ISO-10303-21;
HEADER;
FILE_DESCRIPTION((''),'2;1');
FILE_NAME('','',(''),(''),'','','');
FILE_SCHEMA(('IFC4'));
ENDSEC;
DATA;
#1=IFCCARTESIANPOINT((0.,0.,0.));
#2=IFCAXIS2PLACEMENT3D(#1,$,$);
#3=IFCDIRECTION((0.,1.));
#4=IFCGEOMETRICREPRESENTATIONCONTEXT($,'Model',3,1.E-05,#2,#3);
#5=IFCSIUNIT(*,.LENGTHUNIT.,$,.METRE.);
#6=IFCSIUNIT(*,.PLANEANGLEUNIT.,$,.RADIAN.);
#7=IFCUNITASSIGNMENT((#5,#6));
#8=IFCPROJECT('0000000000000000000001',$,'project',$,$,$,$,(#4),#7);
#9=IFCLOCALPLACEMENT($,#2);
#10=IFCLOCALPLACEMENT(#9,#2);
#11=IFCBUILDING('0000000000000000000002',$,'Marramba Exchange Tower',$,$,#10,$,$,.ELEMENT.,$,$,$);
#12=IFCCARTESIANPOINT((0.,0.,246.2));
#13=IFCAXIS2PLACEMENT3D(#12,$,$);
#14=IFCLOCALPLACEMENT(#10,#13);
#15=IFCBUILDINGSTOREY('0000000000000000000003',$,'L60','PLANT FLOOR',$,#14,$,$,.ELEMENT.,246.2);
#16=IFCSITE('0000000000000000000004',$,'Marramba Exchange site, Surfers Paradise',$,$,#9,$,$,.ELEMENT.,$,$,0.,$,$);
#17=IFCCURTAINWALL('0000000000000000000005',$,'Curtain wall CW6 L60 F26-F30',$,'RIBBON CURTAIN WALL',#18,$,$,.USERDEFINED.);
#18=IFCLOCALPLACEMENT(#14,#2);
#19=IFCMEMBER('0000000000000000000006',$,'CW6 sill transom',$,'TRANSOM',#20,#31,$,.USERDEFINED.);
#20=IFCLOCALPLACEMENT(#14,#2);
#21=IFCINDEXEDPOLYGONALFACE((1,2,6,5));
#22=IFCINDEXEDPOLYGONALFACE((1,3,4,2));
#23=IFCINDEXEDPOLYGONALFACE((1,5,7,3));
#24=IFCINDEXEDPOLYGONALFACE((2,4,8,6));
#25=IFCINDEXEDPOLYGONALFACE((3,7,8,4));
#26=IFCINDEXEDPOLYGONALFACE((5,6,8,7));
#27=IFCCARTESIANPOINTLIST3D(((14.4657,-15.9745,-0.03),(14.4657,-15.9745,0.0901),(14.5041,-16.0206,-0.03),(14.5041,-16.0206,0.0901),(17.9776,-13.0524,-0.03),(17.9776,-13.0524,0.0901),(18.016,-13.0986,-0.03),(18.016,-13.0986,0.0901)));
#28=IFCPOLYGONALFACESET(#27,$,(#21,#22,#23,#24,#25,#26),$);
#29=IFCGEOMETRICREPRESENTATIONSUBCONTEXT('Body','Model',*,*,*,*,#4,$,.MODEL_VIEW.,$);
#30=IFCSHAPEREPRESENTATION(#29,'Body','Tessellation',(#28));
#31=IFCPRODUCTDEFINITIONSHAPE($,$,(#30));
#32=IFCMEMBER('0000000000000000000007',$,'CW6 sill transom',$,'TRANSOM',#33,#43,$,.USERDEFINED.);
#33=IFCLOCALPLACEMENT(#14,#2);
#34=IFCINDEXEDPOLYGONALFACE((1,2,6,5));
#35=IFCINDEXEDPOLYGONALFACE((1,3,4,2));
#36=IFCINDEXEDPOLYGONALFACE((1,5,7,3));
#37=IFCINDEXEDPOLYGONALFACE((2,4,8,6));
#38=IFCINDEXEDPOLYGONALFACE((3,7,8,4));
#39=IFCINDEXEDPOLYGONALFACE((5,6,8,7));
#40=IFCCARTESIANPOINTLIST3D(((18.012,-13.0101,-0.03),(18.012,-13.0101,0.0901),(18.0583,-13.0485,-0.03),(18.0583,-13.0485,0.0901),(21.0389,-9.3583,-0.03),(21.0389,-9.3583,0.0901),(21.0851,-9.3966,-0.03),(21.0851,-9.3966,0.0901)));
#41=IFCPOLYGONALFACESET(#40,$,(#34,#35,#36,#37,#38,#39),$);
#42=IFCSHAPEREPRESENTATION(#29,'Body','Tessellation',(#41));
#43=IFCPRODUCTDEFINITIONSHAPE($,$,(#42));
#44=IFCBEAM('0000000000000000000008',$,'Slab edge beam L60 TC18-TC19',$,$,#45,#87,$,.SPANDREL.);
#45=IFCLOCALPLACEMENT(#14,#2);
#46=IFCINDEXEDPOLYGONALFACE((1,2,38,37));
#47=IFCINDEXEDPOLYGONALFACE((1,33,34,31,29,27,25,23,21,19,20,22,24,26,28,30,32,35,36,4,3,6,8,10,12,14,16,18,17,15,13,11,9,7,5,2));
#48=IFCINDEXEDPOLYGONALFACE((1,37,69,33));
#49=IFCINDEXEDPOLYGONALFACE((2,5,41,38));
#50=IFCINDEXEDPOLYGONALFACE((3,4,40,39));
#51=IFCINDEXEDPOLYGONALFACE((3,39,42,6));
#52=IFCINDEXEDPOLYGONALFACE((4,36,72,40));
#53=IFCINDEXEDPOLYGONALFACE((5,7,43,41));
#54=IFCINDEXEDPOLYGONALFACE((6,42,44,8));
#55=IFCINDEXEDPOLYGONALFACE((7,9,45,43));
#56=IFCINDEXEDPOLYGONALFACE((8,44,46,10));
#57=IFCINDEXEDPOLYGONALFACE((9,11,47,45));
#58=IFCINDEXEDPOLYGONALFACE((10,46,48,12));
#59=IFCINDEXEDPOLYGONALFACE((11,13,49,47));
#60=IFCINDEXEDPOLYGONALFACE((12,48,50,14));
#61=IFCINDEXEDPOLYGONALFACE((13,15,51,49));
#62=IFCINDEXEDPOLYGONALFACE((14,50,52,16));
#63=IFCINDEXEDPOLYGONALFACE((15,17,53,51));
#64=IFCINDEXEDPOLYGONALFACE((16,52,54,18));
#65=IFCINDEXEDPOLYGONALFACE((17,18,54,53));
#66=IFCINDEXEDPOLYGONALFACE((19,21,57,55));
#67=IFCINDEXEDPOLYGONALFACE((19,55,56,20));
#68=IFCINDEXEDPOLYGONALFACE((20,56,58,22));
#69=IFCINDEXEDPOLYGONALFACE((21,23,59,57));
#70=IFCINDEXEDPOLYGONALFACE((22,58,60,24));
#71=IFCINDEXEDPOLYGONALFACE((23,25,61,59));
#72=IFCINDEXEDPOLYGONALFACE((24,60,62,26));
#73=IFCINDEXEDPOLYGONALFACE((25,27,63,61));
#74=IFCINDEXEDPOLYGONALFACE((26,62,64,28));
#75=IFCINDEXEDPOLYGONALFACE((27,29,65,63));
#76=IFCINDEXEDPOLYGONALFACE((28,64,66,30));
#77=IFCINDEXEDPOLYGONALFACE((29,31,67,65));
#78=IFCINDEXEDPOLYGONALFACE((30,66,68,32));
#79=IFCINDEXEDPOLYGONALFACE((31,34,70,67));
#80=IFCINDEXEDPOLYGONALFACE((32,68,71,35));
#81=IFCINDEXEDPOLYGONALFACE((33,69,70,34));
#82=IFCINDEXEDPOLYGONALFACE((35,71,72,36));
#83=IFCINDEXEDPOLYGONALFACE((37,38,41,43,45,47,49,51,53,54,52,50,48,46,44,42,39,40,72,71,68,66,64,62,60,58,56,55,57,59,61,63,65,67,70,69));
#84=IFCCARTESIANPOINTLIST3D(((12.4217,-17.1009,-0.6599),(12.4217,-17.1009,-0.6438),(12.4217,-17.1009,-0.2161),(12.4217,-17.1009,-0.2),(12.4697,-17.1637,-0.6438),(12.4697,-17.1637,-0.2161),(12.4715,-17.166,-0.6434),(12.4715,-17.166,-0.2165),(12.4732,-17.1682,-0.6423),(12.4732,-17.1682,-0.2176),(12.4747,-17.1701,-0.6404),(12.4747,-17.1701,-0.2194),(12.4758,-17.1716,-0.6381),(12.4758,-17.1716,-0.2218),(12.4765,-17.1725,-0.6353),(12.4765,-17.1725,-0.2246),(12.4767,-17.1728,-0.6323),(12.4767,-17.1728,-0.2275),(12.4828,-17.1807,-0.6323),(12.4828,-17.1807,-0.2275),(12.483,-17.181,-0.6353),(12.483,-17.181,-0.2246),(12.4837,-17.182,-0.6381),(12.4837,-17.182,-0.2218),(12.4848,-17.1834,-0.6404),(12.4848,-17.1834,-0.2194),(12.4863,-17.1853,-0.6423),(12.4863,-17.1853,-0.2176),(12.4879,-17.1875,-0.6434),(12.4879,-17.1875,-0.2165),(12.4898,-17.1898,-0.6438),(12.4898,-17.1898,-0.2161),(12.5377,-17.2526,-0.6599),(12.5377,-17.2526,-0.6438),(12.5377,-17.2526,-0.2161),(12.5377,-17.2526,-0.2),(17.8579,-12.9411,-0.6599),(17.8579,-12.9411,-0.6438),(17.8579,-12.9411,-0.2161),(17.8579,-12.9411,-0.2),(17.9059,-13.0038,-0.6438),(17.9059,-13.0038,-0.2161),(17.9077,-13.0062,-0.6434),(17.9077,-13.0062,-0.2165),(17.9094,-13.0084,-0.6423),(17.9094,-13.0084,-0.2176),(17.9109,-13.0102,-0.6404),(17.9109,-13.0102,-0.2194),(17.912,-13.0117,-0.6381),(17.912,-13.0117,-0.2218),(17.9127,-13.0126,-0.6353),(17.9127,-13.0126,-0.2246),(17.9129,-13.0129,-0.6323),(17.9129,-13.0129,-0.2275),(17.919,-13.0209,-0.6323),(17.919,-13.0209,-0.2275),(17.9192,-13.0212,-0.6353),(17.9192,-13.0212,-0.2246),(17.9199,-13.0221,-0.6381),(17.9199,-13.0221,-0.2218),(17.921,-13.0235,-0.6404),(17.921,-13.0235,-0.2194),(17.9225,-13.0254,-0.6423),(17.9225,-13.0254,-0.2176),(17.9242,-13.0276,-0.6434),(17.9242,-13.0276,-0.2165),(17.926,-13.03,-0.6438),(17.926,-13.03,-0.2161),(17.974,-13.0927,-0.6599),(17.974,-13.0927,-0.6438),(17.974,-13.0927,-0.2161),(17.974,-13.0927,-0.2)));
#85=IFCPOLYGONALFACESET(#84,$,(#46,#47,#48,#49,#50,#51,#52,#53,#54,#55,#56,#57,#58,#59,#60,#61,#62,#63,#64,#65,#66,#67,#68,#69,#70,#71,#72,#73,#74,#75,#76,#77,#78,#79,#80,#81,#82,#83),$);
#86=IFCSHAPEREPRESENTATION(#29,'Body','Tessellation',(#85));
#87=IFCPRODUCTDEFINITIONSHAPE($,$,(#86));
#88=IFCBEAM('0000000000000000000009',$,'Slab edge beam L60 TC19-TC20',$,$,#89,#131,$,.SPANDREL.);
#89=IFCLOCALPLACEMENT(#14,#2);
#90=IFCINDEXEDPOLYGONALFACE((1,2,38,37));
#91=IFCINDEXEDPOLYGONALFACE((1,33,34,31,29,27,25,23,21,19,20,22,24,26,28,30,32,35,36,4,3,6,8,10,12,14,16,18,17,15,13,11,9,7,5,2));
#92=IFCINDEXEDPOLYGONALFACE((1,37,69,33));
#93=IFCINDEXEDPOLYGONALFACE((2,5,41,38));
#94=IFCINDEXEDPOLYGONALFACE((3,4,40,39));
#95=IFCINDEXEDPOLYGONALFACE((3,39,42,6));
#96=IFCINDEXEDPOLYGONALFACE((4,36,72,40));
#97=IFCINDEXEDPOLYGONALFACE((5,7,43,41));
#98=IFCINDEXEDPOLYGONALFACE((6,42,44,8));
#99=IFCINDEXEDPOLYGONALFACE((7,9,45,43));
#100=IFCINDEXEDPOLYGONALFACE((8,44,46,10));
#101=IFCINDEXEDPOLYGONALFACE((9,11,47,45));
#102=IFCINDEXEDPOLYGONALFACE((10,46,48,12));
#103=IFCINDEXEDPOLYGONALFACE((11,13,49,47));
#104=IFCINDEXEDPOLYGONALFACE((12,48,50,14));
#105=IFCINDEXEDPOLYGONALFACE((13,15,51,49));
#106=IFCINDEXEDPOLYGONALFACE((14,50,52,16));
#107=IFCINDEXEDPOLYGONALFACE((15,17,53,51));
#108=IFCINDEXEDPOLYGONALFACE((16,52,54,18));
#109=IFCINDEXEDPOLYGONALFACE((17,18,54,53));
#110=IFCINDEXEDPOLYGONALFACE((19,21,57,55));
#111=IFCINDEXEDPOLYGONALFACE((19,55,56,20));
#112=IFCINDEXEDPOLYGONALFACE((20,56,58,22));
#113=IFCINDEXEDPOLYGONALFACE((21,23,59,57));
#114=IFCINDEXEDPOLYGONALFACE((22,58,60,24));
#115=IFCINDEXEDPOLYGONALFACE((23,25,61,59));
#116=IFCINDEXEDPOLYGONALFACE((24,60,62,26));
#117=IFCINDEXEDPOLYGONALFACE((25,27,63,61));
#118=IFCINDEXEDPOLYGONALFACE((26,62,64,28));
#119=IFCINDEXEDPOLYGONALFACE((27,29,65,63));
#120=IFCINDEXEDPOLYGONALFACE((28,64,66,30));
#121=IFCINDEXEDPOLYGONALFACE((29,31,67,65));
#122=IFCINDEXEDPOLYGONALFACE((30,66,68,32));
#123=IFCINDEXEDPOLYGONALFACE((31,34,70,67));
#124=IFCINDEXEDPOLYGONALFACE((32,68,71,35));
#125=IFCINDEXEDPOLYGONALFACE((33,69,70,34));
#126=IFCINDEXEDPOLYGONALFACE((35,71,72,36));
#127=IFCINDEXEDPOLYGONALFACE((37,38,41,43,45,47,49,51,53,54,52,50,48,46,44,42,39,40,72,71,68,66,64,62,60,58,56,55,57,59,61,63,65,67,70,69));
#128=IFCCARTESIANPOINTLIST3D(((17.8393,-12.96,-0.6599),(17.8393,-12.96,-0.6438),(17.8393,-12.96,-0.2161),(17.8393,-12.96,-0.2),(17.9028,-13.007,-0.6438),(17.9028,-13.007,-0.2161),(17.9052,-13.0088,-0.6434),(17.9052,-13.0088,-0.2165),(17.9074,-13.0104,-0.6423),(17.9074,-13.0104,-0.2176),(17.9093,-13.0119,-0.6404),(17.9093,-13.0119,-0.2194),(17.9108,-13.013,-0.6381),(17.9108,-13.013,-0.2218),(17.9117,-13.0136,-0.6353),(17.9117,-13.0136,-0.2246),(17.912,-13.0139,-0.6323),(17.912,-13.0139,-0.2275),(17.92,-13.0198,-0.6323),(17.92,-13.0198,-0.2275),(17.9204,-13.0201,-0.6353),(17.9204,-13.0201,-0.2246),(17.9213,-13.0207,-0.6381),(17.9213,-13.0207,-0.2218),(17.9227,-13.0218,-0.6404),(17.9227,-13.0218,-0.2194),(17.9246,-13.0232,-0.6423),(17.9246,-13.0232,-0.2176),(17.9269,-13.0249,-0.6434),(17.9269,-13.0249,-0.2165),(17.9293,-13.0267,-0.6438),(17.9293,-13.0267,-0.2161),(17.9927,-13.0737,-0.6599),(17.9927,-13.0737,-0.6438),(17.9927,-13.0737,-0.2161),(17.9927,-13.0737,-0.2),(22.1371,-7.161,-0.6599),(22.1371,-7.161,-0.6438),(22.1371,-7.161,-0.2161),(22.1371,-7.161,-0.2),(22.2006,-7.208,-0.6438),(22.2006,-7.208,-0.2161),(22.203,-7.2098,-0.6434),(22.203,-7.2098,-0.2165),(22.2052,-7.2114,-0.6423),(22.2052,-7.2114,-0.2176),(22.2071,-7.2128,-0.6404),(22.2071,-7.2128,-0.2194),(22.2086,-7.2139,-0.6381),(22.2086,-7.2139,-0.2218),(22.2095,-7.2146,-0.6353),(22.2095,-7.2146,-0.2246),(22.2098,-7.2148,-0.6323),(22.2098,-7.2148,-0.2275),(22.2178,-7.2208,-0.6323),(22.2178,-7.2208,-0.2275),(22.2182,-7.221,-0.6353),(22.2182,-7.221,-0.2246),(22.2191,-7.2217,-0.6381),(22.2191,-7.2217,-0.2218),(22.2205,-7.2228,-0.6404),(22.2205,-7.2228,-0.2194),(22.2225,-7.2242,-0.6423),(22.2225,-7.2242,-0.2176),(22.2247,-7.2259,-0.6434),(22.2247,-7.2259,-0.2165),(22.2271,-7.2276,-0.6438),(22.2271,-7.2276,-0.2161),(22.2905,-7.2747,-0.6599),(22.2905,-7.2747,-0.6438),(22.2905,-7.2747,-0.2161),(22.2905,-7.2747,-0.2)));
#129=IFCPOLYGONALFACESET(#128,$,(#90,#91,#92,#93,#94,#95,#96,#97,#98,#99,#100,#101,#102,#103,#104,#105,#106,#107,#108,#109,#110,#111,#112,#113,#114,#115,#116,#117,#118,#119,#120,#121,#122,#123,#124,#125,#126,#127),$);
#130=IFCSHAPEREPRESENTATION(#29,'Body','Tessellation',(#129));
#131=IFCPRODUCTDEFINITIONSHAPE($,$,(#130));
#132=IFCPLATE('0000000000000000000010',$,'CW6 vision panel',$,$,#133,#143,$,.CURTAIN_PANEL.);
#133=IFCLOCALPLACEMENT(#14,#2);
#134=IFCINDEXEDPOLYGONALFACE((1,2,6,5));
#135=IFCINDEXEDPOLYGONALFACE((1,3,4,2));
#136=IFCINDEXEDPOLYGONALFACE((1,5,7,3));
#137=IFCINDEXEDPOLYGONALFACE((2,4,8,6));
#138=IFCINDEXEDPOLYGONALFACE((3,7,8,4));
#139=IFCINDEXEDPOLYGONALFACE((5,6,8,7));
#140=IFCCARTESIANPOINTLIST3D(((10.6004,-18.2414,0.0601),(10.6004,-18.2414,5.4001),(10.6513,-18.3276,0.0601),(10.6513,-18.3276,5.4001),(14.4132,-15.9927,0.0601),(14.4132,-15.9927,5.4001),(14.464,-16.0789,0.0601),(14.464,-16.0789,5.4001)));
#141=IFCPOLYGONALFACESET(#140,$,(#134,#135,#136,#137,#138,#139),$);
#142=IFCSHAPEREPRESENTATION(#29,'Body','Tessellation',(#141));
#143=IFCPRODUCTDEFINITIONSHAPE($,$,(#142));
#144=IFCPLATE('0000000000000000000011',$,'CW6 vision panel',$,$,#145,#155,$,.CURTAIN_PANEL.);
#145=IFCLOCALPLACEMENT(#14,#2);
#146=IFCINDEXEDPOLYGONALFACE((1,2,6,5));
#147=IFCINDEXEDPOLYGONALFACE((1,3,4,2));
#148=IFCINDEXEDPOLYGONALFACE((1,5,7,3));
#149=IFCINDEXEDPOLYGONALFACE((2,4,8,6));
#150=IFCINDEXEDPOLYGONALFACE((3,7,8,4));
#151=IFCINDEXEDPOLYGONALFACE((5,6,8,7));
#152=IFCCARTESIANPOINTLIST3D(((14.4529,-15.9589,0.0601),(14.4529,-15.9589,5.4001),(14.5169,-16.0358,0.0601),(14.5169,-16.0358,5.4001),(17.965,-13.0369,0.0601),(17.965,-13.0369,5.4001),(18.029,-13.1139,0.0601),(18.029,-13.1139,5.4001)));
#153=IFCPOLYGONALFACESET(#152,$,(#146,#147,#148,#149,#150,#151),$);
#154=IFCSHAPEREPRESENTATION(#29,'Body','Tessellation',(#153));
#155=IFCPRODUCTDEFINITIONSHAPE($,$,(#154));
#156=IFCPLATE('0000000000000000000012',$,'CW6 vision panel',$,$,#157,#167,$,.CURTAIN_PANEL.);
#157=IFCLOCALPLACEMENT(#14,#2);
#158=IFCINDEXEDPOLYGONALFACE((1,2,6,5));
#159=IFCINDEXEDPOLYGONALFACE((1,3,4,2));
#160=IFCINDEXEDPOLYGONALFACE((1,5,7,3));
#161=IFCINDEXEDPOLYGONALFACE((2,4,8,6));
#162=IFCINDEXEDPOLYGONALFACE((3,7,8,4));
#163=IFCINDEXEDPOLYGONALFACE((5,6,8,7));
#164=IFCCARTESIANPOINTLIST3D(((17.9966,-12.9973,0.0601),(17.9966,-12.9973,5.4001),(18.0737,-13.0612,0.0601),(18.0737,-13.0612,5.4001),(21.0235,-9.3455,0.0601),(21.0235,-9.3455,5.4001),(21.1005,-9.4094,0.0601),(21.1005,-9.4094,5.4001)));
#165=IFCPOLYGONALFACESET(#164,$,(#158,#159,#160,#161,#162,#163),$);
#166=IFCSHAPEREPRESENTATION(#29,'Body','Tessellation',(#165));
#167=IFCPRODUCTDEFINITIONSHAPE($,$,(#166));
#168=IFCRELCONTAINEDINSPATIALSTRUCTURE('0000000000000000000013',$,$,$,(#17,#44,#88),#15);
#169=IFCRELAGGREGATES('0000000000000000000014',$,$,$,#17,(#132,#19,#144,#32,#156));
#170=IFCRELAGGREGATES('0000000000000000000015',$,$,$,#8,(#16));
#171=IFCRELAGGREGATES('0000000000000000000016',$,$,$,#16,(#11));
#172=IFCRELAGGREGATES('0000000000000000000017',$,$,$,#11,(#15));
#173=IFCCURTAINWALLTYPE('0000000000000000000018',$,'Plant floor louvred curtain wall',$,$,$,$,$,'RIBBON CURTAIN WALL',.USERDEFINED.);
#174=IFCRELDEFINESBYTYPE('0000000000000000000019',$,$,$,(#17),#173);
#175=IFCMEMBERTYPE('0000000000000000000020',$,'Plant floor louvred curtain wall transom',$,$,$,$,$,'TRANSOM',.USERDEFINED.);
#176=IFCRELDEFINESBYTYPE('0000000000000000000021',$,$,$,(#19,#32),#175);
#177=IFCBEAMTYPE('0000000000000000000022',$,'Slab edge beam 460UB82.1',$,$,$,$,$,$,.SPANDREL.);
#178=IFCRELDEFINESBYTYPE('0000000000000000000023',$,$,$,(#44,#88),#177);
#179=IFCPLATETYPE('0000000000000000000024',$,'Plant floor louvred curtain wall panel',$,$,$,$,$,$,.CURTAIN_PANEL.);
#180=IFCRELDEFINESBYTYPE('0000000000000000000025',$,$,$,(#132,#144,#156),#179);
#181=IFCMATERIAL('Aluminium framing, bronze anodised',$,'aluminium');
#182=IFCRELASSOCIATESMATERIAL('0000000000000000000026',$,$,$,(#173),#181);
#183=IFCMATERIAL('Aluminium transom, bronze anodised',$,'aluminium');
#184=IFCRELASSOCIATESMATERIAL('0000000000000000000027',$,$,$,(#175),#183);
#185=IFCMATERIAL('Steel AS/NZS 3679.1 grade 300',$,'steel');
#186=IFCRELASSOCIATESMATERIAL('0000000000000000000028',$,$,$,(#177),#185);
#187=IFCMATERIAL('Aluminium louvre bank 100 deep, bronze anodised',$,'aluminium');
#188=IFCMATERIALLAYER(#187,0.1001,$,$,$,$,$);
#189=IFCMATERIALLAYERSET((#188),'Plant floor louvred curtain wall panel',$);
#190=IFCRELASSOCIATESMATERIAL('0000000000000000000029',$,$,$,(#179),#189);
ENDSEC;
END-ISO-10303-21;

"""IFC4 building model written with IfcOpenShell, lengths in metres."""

from ifc_helpers import new_model, si_unit, direction, frame, origin, origin_2d, place, context, subcontext, project, spatial, rectangle, i_section, extrude, material, layer, layer_set, material_profile, profile_set, type_object, element, aggregate, save


model = new_model("IFC4")

# Units and contexts
model_context = context("Model", 3, precision=1e-05, world=origin(), true_north=direction((0.0, 1.0)))
body_context = subcontext(model_context, "Body", "Model", "MODEL_VIEW")
ifc_project = project(units=[si_unit("LENGTHUNIT", "METRE"), si_unit("PLANEANGLEUNIT", "RADIAN")], contexts=[model_context])

# Site, building, storey
site_placement = place(None, origin())
site = spatial("IfcSite", under=ifc_project, at=site_placement, Name="Marramba Exchange site, Surfers Paradise", CompositionType="ELEMENT", RefElevation=0.0)
building_placement = place(site_placement, origin())
building = spatial("IfcBuilding", under=site, at=building_placement, Name="Marramba Exchange Tower", CompositionType="ELEMENT")
storey_placement = place(building_placement, frame((0.0, 0.0, 246.2)))
storey = spatial("IfcBuildingStorey", under=building, at=storey_placement, Name="L60", Description="PLANT FLOOR", CompositionType="ELEMENT", Elevation=246.2)

# Curtain wall, members
ifc_material_1 = material(Name="Aluminium framing, bronze anodised", Category="aluminium")
curtain_wall_type = type_object("IfcCurtainWallType", Name="Plant floor louvred curtain wall", ElementType="RIBBON CURTAIN WALL", PredefinedType="USERDEFINED", material=ifc_material_1)
curtain_wall_placement = place(storey_placement, origin())
curtain_wall = element("IfcCurtainWall", 1, at=curtain_wall_placement, inside=storey, type_object=curtain_wall_type, Name="Curtain wall CW6 L60 F26-F30", ObjectType="RIBBON CURTAIN WALL", PredefinedType="USERDEFINED")
ifc_material_2 = material(Name="Aluminium transom, bronze anodised", Category="aluminium")
ifc_material_profile_1 = material_profile(ifc_material_2, rectangle(XDim=0.0601, YDim=0.1201, at=origin_2d()), Name="CW6 transom 60x120")
ifc_profile_set_1 = profile_set([ifc_material_profile_1], Name="Aluminium transom, bronze anodised")
member_type_1 = type_object("IfcMemberType", Name="Plant floor louvred curtain wall transom", ElementType="TRANSOM", PredefinedType="USERDEFINED", material=ifc_profile_set_1)
member_1_placement = place(storey_placement, frame((14.4849, -15.9976, 0.03), z_axis=(0.768707, 0.639601, 0.0), x_axis=(-0.639601, 0.768707, 0.0)))
member_1 = element("IfcMember", 2, at=member_1_placement, type_object=member_type_1, Name="CW6 sill transom", ObjectType="TRANSOM", PredefinedType="USERDEFINED", context=body_context, shape_type="SweptSolid", body=[
    extrude(rectangle(XDim=0.0601, YDim=0.1201, at=origin_2d()), origin(), (0.0, 0.0, 1.0), 4.5686),
])
member_2_placement = place(storey_placement, frame((18.0352, -13.0293, 0.03), z_axis=(0.638147, 0.769915, 0.0), x_axis=(-0.769915, 0.638147, 0.0)))
member_2 = element("IfcMember", 3, at=member_2_placement, type_object=member_type_1, Name="CW6 sill transom", ObjectType="TRANSOM", PredefinedType="USERDEFINED", context=body_context, shape_type="SweptSolid", body=[
    extrude(rectangle(XDim=0.0601, YDim=0.1201, at=origin_2d()), origin(), (0.0, 0.0, 1.0), 4.7432),
])

# Beams
ifc_material_3 = material(Name="Steel AS/NZS 3679.1 grade 300", Category="steel")
ifc_material_profile_2 = material_profile(ifc_material_3, i_section(OverallWidth=0.1909, OverallDepth=0.46, WebThickness=0.01, FlangeThickness=0.0161, FilletRadius=0.0115, at=origin_2d()), Name="460UB82.1")
ifc_profile_set_2 = profile_set([ifc_material_profile_2], Name="Steel AS/NZS 3679.1 grade 300")
beam_type_1 = type_object("IfcBeamType", Name="Slab edge beam 460UB82.1", PredefinedType="SPANDREL", material=ifc_profile_set_2)
beam_1_placement = place(storey_placement, frame((12.4797, -17.1768, -0.4299), z_axis=(0.794163, 0.607704, 0.0), x_axis=(-0.607704, 0.794163, 0.0)))
element("IfcBeam", 4, at=beam_1_placement, inside=storey, type_object=beam_type_1, Name="Slab edge beam L60 TC18-TC19", PredefinedType="SPANDREL", context=body_context, shape_type="SweptSolid", body=[
    extrude(i_section(OverallWidth=0.1909, OverallDepth=0.46, WebThickness=0.01, FlangeThickness=0.0161, FilletRadius=0.0115, at=origin_2d()), origin(), (0.0, 0.0, 1.0), 6.8452),
])
beam_2_placement = place(storey_placement, frame((17.916, -13.0168, -0.4299), z_axis=(0.595428, 0.803409, 0.0), x_axis=(-0.803409, 0.595428, 0.0)))
element("IfcBeam", 5, at=beam_2_placement, inside=storey, type_object=beam_type_1, Name="Slab edge beam L60 TC19-TC20", PredefinedType="SPANDREL", context=body_context, shape_type="SweptSolid", body=[
    extrude(i_section(OverallWidth=0.1909, OverallDepth=0.46, WebThickness=0.01, FlangeThickness=0.0161, FilletRadius=0.0115, at=origin_2d()), origin(), (0.0, 0.0, 1.0), 7.218),
])

# Plates
ifc_material_4 = material(Name="Aluminium louvre bank 100 deep, bronze anodised", Category="aluminium")
ifc_layer_1 = layer(ifc_material_4, 0.1001)
ifc_layer_set_1 = layer_set([ifc_layer_1], Name="Plant floor louvred curtain wall panel")
plate_type = type_object("IfcPlateType", Name="Plant floor louvred curtain wall panel", PredefinedType="CURTAIN_PANEL", material=ifc_layer_set_1)
plate_1_placement = place(storey_placement, frame((12.5322, -17.1602, 0.0601), z_axis=(0.0, 0.0, 1.0), x_axis=(0.861351, 0.508011, 0.0)))
plate_1 = element("IfcPlate", 6, at=plate_1_placement, type_object=plate_type, Name="CW6 vision panel", PredefinedType="CURTAIN_PANEL", context=body_context, shape_type="SweptSolid", body=[
    extrude(rectangle(XDim=4.4265, YDim=0.1001, at=origin_2d()), origin(), (0.0, 0.0, 1.0), 5.3401),
])
plate_2_placement = place(storey_placement, frame((16.241, -14.5364, 0.0601), z_axis=(0.0, 0.0, 1.0), x_axis=(0.768737, 0.639565, 0.0)))
plate_2 = element("IfcPlate", 7, at=plate_2_placement, type_object=plate_type, Name="CW6 vision panel", PredefinedType="CURTAIN_PANEL", context=body_context, shape_type="SweptSolid", body=[
    extrude(rectangle(XDim=4.5686, YDim=0.1001, at=origin_2d()), origin(), (0.0, 0.0, 1.0), 5.3401),
])
plate_3_placement = place(storey_placement, frame((19.5486, -11.2034, 0.0601), z_axis=(0.0, 0.0, 1.0), x_axis=(0.63815, 0.769912, 0.0)))
plate_3 = element("IfcPlate", 8, at=plate_3_placement, type_object=plate_type, Name="CW6 vision panel", PredefinedType="CURTAIN_PANEL", context=body_context, shape_type="SweptSolid", body=[
    extrude(rectangle(XDim=4.7432, YDim=0.1001, at=origin_2d()), origin(), (0.0, 0.0, 1.0), 5.3401),
])
aggregate(curtain_wall, [plate_1, member_1, plate_2, member_2, plate_3])

save(model, "model.ifc")
